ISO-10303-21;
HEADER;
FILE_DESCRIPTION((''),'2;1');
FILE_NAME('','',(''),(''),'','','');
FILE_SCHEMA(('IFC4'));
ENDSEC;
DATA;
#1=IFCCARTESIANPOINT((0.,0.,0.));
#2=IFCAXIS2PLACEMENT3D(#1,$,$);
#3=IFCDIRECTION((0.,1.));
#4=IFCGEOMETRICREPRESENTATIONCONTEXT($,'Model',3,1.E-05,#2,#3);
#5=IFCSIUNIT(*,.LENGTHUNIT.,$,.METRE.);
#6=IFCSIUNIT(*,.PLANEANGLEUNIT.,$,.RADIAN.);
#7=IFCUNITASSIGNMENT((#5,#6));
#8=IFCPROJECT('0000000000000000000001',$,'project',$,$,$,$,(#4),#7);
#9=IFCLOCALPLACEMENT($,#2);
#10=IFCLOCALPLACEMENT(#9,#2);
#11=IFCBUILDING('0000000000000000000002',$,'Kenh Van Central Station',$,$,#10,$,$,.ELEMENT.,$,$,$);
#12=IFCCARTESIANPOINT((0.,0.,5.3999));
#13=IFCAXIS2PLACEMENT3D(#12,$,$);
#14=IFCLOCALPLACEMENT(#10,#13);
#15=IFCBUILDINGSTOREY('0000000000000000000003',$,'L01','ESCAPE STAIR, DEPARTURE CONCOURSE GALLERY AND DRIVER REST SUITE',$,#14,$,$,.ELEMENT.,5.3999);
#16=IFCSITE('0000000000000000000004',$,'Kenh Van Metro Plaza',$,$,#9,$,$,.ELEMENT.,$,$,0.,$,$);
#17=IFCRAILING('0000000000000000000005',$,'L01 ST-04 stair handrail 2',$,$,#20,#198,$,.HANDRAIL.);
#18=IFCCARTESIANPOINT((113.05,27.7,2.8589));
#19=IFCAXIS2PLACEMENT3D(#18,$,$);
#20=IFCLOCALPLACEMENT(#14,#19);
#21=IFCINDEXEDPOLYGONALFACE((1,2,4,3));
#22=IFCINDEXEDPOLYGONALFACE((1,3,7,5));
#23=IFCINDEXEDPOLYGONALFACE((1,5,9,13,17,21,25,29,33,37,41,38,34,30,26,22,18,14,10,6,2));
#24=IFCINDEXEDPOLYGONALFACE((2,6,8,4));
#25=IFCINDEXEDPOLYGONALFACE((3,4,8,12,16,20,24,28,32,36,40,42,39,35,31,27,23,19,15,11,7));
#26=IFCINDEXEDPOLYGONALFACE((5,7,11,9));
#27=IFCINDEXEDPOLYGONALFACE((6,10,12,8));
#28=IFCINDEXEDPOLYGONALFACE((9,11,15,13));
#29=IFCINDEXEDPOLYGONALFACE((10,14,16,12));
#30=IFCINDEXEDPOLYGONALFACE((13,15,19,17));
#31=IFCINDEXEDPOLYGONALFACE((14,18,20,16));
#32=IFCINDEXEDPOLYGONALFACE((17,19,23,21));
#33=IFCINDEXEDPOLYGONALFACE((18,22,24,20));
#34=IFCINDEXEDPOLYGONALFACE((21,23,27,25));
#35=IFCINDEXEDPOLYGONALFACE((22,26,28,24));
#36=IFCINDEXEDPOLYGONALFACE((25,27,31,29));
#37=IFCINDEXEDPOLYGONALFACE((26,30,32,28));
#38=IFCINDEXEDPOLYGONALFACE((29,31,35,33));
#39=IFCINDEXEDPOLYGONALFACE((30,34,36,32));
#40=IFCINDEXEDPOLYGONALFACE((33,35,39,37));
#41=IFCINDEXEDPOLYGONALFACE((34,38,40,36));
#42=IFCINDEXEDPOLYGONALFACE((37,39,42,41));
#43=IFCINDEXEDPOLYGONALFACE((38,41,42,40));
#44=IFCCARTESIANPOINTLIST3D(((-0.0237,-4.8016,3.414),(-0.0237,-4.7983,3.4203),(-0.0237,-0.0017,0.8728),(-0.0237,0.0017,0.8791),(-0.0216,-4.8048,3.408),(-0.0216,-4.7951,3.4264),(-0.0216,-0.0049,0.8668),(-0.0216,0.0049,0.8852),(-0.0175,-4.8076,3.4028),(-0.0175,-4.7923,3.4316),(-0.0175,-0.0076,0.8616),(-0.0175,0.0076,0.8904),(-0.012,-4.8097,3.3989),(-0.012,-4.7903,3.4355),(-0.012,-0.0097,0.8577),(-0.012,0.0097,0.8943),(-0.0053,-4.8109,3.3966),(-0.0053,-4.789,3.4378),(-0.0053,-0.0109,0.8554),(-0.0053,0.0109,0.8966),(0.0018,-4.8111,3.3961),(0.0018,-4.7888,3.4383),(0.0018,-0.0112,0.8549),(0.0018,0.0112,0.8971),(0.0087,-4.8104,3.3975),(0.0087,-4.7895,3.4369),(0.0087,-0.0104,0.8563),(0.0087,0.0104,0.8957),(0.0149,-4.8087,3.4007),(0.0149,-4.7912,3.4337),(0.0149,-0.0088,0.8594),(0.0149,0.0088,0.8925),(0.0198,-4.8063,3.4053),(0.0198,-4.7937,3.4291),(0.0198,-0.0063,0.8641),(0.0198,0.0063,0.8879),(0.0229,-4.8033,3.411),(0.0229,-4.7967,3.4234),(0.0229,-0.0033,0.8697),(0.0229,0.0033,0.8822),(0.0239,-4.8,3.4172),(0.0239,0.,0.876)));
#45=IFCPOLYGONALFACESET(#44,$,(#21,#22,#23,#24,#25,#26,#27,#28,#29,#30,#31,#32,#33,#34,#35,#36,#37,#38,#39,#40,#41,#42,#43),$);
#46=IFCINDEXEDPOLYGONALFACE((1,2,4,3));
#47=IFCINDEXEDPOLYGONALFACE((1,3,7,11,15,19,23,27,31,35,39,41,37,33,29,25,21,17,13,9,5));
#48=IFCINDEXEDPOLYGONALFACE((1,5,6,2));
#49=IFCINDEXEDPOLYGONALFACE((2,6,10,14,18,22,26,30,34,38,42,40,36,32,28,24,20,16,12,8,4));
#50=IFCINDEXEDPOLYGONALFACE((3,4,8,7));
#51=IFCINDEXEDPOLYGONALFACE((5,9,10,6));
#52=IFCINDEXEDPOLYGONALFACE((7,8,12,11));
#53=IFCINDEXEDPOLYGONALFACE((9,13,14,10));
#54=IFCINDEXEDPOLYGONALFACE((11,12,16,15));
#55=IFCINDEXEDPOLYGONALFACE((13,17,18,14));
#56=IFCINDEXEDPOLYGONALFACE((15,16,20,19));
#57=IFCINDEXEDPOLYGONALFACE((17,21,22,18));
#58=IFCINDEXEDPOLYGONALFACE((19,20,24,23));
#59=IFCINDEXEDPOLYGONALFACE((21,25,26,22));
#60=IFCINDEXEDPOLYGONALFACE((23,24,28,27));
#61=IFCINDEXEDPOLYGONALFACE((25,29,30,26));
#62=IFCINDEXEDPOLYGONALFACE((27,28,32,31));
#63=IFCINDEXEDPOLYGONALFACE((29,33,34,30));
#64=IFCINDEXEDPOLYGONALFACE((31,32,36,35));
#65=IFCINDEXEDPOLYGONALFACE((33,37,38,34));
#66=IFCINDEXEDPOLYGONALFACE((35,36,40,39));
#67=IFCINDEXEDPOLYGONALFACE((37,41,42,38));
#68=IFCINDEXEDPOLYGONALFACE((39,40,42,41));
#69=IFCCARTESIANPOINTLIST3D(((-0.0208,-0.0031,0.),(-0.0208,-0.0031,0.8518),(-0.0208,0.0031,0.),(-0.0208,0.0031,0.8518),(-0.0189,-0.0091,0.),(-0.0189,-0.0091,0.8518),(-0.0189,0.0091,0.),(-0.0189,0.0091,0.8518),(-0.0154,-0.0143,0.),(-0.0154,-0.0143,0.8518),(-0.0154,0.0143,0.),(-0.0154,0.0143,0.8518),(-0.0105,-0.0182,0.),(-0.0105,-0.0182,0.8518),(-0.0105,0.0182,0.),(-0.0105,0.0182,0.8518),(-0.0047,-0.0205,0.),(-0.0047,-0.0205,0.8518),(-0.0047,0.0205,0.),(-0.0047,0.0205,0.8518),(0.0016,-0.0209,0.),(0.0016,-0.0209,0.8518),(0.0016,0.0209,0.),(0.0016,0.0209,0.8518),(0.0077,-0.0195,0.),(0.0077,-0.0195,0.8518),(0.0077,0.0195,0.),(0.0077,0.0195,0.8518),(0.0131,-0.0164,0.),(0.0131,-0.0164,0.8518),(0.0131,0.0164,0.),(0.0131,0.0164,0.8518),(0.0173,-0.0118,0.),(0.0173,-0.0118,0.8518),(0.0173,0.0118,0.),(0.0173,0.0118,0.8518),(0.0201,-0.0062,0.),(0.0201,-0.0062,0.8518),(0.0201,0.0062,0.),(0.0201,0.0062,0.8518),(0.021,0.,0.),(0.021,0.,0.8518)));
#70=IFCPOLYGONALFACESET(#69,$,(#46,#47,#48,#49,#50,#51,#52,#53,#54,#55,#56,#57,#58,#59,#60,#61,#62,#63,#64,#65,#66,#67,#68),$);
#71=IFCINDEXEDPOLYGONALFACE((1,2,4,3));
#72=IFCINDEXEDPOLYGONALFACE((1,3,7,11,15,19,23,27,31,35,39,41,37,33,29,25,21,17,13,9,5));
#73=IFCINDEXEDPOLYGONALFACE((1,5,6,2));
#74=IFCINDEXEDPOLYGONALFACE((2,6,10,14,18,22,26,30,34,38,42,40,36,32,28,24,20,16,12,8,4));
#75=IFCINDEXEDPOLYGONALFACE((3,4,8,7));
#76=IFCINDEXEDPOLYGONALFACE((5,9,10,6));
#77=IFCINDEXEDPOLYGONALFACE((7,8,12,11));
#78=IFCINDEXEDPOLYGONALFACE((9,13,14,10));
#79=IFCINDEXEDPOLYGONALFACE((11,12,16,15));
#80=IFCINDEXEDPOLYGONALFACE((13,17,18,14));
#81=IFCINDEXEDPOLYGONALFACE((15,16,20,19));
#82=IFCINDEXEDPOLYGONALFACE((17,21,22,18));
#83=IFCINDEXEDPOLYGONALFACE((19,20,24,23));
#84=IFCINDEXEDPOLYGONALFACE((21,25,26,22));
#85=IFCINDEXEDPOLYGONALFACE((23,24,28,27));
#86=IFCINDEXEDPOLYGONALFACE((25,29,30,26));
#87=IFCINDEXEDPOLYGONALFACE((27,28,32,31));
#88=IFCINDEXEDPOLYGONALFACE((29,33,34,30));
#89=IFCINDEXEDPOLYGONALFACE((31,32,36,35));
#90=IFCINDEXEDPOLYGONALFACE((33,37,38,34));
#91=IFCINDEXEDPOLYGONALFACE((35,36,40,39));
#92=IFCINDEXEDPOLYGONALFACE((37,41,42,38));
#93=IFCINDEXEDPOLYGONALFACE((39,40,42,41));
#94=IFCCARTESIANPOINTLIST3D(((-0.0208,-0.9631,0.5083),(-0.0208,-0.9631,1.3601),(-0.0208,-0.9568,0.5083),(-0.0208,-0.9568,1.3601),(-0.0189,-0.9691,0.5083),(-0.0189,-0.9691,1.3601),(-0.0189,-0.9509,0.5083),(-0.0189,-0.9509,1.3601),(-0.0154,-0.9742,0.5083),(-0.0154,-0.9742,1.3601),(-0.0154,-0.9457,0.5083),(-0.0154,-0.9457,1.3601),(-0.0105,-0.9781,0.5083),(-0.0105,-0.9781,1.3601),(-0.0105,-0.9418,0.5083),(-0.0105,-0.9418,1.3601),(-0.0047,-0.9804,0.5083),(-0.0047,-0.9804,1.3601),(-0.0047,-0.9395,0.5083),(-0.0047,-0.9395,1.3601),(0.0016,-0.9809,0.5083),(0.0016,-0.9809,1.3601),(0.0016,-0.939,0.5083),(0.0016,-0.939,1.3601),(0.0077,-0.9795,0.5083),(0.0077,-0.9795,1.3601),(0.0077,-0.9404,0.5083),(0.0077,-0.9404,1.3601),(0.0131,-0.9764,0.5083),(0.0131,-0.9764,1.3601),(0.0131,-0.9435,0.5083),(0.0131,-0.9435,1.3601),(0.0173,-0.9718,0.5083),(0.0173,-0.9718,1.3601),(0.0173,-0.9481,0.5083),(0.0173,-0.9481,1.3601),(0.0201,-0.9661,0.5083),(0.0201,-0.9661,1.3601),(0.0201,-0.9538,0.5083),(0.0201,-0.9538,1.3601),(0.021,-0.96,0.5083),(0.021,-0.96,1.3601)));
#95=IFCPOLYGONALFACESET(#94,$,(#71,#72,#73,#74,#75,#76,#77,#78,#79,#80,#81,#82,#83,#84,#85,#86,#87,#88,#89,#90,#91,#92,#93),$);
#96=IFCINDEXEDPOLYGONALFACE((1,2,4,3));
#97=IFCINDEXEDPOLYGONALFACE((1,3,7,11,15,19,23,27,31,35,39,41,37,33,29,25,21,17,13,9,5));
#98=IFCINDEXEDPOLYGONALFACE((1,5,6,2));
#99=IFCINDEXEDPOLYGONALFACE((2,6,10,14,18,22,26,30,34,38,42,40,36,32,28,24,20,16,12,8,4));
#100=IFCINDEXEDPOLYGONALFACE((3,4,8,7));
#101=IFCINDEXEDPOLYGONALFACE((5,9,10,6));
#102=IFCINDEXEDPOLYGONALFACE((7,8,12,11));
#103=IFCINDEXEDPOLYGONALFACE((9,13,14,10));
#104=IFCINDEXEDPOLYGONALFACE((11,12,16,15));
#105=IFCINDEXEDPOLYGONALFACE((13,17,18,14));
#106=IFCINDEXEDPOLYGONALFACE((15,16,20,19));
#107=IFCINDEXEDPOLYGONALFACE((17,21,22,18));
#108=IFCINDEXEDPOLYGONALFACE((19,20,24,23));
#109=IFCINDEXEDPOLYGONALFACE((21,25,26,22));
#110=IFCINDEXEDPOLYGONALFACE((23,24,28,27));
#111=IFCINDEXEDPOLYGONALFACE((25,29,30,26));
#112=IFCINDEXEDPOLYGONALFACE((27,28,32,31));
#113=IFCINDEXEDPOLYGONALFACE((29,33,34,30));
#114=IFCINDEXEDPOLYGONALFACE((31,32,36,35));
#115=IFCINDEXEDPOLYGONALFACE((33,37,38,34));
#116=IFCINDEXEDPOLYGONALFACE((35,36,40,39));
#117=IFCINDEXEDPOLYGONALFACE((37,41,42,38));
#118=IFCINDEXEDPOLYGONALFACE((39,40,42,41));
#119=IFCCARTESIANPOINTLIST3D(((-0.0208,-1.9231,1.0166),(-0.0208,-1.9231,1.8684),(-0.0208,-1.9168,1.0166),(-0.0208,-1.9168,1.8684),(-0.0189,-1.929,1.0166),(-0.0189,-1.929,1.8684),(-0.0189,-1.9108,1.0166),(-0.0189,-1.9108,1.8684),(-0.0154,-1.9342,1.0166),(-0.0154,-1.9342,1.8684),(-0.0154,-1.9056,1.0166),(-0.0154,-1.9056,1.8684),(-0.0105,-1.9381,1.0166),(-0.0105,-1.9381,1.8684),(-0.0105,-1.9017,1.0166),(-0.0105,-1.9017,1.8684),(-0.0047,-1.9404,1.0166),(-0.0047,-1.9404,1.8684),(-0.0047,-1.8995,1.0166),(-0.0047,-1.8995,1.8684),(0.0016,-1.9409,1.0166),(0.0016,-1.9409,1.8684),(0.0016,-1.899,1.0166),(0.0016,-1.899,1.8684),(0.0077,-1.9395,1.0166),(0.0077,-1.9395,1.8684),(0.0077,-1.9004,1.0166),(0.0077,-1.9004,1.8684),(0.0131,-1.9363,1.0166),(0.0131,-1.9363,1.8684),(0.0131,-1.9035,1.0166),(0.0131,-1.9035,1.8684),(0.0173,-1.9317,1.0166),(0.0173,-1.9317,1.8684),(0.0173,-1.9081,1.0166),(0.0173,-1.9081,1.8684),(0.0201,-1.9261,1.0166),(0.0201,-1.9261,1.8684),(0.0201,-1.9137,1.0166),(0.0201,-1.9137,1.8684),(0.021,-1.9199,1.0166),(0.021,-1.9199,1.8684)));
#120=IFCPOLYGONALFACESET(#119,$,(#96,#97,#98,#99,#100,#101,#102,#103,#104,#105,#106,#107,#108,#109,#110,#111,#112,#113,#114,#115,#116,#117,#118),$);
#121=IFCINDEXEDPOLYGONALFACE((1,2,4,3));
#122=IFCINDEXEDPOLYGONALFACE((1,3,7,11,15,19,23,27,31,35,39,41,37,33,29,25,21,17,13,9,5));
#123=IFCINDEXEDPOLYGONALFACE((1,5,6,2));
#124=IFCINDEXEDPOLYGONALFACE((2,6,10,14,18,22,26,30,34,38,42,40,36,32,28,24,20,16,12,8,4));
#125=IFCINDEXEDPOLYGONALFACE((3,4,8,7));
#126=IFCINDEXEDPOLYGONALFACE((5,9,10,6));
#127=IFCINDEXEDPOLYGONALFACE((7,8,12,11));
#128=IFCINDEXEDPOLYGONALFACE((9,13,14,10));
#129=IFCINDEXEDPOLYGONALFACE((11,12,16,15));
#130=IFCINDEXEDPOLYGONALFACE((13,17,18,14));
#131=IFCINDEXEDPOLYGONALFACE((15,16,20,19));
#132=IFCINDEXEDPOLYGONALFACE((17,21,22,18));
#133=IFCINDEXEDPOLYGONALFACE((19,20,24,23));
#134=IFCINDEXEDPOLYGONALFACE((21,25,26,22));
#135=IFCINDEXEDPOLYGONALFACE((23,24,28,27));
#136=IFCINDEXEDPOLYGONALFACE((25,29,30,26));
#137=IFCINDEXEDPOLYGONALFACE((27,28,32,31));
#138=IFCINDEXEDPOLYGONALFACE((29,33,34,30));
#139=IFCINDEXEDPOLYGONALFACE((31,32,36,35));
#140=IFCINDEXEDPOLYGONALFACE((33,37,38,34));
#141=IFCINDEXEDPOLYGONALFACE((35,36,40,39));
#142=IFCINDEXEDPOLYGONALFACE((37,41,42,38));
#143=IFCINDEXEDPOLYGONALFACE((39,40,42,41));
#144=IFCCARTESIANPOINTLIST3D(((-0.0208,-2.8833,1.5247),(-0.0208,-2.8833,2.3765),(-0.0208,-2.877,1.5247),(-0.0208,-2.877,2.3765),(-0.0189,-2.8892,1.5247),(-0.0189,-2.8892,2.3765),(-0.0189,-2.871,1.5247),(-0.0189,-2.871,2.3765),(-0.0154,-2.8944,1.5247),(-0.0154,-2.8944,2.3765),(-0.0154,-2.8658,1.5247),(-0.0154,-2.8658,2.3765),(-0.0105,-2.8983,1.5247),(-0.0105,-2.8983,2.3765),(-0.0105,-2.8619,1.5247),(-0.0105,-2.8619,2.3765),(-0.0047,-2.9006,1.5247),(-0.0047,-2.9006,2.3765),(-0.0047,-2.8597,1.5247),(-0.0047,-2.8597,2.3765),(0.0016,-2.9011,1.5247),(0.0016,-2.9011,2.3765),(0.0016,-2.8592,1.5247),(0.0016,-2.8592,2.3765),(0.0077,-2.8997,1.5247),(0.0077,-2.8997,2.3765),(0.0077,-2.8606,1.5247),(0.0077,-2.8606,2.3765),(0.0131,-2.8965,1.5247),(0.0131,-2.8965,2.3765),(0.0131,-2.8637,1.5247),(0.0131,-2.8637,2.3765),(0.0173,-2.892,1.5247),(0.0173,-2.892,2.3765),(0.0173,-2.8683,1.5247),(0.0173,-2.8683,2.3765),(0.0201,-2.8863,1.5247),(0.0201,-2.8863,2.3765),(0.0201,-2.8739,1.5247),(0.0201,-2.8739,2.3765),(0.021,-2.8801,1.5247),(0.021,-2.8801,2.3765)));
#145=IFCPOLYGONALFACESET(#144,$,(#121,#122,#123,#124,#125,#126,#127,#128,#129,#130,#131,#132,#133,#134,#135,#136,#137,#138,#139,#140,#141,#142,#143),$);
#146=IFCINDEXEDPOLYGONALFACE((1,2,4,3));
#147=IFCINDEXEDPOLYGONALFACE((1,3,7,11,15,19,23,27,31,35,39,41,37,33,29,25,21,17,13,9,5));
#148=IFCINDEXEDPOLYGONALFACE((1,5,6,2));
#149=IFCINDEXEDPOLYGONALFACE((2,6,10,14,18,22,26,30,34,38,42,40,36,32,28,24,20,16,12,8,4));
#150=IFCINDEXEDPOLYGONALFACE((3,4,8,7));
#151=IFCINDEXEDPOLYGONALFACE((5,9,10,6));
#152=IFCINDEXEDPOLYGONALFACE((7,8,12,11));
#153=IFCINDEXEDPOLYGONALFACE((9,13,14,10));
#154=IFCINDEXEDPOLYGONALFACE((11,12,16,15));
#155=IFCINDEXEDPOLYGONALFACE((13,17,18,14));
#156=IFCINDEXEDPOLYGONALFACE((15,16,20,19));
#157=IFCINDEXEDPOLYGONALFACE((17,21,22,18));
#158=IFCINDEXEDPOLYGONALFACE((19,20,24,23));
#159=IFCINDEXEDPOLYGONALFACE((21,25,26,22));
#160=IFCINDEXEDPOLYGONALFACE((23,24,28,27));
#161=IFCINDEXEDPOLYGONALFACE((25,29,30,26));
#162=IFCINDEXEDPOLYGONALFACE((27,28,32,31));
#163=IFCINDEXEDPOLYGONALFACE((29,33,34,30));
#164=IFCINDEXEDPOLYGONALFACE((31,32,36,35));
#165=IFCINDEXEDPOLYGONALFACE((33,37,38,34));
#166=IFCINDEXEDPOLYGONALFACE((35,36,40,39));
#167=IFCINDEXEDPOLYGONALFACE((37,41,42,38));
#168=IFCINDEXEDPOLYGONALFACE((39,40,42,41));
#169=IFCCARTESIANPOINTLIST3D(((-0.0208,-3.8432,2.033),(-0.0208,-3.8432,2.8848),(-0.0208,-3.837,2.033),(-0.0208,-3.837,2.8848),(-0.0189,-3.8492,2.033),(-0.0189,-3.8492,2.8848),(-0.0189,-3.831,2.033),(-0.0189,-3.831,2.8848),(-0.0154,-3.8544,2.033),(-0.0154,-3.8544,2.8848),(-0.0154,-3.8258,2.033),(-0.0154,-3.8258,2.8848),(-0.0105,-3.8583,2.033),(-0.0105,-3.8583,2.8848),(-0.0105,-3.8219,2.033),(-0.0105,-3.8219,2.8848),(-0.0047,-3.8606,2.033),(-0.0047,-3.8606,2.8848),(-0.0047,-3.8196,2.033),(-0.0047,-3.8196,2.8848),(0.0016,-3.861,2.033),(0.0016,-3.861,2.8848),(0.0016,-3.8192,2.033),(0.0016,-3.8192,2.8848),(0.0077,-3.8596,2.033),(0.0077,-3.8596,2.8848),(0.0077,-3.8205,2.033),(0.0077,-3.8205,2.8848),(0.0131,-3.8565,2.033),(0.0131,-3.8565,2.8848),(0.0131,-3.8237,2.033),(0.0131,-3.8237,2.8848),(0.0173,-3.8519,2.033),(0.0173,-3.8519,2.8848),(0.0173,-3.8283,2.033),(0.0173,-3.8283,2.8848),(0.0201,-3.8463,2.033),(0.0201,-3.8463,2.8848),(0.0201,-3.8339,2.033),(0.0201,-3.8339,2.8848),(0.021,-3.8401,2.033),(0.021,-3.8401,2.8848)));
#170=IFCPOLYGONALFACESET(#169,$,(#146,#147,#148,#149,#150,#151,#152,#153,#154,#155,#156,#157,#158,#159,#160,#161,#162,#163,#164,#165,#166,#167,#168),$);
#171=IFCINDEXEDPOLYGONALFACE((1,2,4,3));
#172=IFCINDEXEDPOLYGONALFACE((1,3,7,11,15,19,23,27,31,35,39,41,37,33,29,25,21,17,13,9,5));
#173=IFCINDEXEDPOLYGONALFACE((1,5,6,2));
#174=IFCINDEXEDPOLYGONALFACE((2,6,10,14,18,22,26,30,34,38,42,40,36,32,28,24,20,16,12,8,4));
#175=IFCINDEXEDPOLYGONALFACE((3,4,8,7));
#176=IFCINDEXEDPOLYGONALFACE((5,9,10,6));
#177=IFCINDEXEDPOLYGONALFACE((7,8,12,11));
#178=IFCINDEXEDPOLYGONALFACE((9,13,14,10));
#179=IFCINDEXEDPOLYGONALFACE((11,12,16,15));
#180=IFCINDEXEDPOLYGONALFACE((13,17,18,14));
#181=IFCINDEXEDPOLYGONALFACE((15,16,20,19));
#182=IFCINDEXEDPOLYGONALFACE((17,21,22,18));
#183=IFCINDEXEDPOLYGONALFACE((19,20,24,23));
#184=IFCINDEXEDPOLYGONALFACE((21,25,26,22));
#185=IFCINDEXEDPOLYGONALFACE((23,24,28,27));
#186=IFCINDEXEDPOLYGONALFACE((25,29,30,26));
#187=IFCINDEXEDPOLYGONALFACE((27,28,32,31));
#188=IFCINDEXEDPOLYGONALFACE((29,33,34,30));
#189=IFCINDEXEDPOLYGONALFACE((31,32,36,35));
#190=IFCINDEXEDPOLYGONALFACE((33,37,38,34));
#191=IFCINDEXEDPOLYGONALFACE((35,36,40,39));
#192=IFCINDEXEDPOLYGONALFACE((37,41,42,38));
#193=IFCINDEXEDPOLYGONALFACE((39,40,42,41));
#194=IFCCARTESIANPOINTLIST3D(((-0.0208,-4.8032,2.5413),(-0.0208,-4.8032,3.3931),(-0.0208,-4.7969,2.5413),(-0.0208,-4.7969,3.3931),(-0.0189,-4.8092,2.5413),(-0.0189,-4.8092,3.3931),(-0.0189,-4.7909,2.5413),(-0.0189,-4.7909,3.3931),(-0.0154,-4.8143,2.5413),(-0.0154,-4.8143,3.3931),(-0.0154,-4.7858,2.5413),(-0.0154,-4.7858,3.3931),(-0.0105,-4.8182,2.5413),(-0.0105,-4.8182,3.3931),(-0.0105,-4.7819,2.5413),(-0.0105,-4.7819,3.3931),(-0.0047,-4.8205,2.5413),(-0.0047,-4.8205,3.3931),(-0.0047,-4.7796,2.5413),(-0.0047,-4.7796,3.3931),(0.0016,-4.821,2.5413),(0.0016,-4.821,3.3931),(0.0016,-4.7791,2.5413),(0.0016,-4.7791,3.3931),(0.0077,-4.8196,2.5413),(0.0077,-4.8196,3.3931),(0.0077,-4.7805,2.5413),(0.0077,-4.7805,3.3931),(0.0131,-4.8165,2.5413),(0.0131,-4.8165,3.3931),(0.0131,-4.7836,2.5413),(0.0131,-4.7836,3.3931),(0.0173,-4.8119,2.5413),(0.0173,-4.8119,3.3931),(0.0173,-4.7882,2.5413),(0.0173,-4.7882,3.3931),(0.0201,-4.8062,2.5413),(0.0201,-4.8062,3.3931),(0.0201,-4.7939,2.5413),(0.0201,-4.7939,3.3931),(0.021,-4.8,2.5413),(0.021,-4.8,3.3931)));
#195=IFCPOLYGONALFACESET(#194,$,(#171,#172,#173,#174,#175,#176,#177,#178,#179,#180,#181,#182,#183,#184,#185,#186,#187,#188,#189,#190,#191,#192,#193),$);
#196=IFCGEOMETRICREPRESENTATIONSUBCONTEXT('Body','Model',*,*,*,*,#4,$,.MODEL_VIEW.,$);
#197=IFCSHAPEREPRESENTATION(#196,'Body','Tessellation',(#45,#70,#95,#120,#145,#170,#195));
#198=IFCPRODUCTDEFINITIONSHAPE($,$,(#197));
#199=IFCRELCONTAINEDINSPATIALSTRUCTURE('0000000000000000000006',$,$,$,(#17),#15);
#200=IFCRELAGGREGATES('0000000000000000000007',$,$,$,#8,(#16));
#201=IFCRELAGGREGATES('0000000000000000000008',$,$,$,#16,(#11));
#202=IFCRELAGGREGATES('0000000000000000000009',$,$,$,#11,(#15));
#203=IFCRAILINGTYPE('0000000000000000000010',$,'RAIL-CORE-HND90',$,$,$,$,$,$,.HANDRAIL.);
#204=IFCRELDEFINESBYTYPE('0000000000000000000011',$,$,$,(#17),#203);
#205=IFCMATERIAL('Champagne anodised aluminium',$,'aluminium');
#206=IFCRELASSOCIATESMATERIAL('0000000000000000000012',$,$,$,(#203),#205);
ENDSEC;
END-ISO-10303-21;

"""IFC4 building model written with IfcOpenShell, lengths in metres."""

from ifc_helpers import new_model, si_unit, direction, frame, origin, origin_2d, place, context, subcontext, project, spatial, circle, extrude, material, type_object, element, save


model = new_model("IFC4")

# Units and contexts
model_context = context("Model", 3, precision=1e-05, world=origin(), true_north=direction((0.0, 1.0)))
body_context = subcontext(model_context, "Body", "Model", "MODEL_VIEW")
ifc_project = project(units=[si_unit("LENGTHUNIT", "METRE"), si_unit("PLANEANGLEUNIT", "RADIAN")], contexts=[model_context])

# Site, building, storey
site_placement = place(None, origin())
site = spatial("IfcSite", under=ifc_project, at=site_placement, Name="Kenh Van Metro Plaza", CompositionType="ELEMENT", RefElevation=0.0)
building_placement = place(site_placement, origin())
building = spatial("IfcBuilding", under=site, at=building_placement, Name="Kenh Van Central Station", CompositionType="ELEMENT")
storey_placement = place(building_placement, frame((0.0, 0.0, 5.3999)))
storey = spatial("IfcBuildingStorey", under=building, at=storey_placement, Name="L01", Description="ESCAPE STAIR, DEPARTURE CONCOURSE GALLERY AND DRIVER REST SUITE", CompositionType="ELEMENT", Elevation=5.3999)

# Shared definitions
ifc_material_1 = material(Name="Champagne anodised aluminium", Category="aluminium")

# Railing
railing_type_1 = type_object("IfcRailingType", Name="RAIL-CORE-HND90", PredefinedType="HANDRAIL", material=ifc_material_1)
railing_1_placement = place(storey_placement, frame((113.05, 27.7, 2.8589)))
element("IfcRailing", 1, at=railing_1_placement, inside=storey, type_object=railing_type_1, Name="L01 ST-04 stair handrail 2", PredefinedType="HANDRAIL", context=body_context, shape_type="SweptSolid", body=[
    extrude(circle(Radius=0.0239, at=origin_2d()), frame((0.0, 0.0, 0.876), z_axis=(0.0, -0.883784, 0.467896), x_axis=(1.0, 0.0, 0.0)), (0.0, 0.0, 1.0), 5.4312),
    extrude(circle(Radius=0.021, at=origin_2d()), origin(), (0.0, 0.0, 1.0), 0.8518),
    extrude(circle(Radius=0.021, at=origin_2d()), frame((0.0, -0.96, 0.5083)), (0.0, 0.0, 1.0), 0.8518),
    extrude(circle(Radius=0.021, at=origin_2d()), frame((0.0, -1.9199, 1.0166)), (0.0, 0.0, 1.0), 0.8518),
    extrude(circle(Radius=0.021, at=origin_2d()), frame((0.0, -2.8801, 1.5247)), (0.0, 0.0, 1.0), 0.8518),
    extrude(circle(Radius=0.021, at=origin_2d()), frame((0.0, -3.8401, 2.033)), (0.0, 0.0, 1.0), 0.8518),
    extrude(circle(Radius=0.021, at=origin_2d()), frame((0.0, -4.8, 2.5413)), (0.0, 0.0, 1.0), 0.8518),
])

save(model, "model.ifc")
